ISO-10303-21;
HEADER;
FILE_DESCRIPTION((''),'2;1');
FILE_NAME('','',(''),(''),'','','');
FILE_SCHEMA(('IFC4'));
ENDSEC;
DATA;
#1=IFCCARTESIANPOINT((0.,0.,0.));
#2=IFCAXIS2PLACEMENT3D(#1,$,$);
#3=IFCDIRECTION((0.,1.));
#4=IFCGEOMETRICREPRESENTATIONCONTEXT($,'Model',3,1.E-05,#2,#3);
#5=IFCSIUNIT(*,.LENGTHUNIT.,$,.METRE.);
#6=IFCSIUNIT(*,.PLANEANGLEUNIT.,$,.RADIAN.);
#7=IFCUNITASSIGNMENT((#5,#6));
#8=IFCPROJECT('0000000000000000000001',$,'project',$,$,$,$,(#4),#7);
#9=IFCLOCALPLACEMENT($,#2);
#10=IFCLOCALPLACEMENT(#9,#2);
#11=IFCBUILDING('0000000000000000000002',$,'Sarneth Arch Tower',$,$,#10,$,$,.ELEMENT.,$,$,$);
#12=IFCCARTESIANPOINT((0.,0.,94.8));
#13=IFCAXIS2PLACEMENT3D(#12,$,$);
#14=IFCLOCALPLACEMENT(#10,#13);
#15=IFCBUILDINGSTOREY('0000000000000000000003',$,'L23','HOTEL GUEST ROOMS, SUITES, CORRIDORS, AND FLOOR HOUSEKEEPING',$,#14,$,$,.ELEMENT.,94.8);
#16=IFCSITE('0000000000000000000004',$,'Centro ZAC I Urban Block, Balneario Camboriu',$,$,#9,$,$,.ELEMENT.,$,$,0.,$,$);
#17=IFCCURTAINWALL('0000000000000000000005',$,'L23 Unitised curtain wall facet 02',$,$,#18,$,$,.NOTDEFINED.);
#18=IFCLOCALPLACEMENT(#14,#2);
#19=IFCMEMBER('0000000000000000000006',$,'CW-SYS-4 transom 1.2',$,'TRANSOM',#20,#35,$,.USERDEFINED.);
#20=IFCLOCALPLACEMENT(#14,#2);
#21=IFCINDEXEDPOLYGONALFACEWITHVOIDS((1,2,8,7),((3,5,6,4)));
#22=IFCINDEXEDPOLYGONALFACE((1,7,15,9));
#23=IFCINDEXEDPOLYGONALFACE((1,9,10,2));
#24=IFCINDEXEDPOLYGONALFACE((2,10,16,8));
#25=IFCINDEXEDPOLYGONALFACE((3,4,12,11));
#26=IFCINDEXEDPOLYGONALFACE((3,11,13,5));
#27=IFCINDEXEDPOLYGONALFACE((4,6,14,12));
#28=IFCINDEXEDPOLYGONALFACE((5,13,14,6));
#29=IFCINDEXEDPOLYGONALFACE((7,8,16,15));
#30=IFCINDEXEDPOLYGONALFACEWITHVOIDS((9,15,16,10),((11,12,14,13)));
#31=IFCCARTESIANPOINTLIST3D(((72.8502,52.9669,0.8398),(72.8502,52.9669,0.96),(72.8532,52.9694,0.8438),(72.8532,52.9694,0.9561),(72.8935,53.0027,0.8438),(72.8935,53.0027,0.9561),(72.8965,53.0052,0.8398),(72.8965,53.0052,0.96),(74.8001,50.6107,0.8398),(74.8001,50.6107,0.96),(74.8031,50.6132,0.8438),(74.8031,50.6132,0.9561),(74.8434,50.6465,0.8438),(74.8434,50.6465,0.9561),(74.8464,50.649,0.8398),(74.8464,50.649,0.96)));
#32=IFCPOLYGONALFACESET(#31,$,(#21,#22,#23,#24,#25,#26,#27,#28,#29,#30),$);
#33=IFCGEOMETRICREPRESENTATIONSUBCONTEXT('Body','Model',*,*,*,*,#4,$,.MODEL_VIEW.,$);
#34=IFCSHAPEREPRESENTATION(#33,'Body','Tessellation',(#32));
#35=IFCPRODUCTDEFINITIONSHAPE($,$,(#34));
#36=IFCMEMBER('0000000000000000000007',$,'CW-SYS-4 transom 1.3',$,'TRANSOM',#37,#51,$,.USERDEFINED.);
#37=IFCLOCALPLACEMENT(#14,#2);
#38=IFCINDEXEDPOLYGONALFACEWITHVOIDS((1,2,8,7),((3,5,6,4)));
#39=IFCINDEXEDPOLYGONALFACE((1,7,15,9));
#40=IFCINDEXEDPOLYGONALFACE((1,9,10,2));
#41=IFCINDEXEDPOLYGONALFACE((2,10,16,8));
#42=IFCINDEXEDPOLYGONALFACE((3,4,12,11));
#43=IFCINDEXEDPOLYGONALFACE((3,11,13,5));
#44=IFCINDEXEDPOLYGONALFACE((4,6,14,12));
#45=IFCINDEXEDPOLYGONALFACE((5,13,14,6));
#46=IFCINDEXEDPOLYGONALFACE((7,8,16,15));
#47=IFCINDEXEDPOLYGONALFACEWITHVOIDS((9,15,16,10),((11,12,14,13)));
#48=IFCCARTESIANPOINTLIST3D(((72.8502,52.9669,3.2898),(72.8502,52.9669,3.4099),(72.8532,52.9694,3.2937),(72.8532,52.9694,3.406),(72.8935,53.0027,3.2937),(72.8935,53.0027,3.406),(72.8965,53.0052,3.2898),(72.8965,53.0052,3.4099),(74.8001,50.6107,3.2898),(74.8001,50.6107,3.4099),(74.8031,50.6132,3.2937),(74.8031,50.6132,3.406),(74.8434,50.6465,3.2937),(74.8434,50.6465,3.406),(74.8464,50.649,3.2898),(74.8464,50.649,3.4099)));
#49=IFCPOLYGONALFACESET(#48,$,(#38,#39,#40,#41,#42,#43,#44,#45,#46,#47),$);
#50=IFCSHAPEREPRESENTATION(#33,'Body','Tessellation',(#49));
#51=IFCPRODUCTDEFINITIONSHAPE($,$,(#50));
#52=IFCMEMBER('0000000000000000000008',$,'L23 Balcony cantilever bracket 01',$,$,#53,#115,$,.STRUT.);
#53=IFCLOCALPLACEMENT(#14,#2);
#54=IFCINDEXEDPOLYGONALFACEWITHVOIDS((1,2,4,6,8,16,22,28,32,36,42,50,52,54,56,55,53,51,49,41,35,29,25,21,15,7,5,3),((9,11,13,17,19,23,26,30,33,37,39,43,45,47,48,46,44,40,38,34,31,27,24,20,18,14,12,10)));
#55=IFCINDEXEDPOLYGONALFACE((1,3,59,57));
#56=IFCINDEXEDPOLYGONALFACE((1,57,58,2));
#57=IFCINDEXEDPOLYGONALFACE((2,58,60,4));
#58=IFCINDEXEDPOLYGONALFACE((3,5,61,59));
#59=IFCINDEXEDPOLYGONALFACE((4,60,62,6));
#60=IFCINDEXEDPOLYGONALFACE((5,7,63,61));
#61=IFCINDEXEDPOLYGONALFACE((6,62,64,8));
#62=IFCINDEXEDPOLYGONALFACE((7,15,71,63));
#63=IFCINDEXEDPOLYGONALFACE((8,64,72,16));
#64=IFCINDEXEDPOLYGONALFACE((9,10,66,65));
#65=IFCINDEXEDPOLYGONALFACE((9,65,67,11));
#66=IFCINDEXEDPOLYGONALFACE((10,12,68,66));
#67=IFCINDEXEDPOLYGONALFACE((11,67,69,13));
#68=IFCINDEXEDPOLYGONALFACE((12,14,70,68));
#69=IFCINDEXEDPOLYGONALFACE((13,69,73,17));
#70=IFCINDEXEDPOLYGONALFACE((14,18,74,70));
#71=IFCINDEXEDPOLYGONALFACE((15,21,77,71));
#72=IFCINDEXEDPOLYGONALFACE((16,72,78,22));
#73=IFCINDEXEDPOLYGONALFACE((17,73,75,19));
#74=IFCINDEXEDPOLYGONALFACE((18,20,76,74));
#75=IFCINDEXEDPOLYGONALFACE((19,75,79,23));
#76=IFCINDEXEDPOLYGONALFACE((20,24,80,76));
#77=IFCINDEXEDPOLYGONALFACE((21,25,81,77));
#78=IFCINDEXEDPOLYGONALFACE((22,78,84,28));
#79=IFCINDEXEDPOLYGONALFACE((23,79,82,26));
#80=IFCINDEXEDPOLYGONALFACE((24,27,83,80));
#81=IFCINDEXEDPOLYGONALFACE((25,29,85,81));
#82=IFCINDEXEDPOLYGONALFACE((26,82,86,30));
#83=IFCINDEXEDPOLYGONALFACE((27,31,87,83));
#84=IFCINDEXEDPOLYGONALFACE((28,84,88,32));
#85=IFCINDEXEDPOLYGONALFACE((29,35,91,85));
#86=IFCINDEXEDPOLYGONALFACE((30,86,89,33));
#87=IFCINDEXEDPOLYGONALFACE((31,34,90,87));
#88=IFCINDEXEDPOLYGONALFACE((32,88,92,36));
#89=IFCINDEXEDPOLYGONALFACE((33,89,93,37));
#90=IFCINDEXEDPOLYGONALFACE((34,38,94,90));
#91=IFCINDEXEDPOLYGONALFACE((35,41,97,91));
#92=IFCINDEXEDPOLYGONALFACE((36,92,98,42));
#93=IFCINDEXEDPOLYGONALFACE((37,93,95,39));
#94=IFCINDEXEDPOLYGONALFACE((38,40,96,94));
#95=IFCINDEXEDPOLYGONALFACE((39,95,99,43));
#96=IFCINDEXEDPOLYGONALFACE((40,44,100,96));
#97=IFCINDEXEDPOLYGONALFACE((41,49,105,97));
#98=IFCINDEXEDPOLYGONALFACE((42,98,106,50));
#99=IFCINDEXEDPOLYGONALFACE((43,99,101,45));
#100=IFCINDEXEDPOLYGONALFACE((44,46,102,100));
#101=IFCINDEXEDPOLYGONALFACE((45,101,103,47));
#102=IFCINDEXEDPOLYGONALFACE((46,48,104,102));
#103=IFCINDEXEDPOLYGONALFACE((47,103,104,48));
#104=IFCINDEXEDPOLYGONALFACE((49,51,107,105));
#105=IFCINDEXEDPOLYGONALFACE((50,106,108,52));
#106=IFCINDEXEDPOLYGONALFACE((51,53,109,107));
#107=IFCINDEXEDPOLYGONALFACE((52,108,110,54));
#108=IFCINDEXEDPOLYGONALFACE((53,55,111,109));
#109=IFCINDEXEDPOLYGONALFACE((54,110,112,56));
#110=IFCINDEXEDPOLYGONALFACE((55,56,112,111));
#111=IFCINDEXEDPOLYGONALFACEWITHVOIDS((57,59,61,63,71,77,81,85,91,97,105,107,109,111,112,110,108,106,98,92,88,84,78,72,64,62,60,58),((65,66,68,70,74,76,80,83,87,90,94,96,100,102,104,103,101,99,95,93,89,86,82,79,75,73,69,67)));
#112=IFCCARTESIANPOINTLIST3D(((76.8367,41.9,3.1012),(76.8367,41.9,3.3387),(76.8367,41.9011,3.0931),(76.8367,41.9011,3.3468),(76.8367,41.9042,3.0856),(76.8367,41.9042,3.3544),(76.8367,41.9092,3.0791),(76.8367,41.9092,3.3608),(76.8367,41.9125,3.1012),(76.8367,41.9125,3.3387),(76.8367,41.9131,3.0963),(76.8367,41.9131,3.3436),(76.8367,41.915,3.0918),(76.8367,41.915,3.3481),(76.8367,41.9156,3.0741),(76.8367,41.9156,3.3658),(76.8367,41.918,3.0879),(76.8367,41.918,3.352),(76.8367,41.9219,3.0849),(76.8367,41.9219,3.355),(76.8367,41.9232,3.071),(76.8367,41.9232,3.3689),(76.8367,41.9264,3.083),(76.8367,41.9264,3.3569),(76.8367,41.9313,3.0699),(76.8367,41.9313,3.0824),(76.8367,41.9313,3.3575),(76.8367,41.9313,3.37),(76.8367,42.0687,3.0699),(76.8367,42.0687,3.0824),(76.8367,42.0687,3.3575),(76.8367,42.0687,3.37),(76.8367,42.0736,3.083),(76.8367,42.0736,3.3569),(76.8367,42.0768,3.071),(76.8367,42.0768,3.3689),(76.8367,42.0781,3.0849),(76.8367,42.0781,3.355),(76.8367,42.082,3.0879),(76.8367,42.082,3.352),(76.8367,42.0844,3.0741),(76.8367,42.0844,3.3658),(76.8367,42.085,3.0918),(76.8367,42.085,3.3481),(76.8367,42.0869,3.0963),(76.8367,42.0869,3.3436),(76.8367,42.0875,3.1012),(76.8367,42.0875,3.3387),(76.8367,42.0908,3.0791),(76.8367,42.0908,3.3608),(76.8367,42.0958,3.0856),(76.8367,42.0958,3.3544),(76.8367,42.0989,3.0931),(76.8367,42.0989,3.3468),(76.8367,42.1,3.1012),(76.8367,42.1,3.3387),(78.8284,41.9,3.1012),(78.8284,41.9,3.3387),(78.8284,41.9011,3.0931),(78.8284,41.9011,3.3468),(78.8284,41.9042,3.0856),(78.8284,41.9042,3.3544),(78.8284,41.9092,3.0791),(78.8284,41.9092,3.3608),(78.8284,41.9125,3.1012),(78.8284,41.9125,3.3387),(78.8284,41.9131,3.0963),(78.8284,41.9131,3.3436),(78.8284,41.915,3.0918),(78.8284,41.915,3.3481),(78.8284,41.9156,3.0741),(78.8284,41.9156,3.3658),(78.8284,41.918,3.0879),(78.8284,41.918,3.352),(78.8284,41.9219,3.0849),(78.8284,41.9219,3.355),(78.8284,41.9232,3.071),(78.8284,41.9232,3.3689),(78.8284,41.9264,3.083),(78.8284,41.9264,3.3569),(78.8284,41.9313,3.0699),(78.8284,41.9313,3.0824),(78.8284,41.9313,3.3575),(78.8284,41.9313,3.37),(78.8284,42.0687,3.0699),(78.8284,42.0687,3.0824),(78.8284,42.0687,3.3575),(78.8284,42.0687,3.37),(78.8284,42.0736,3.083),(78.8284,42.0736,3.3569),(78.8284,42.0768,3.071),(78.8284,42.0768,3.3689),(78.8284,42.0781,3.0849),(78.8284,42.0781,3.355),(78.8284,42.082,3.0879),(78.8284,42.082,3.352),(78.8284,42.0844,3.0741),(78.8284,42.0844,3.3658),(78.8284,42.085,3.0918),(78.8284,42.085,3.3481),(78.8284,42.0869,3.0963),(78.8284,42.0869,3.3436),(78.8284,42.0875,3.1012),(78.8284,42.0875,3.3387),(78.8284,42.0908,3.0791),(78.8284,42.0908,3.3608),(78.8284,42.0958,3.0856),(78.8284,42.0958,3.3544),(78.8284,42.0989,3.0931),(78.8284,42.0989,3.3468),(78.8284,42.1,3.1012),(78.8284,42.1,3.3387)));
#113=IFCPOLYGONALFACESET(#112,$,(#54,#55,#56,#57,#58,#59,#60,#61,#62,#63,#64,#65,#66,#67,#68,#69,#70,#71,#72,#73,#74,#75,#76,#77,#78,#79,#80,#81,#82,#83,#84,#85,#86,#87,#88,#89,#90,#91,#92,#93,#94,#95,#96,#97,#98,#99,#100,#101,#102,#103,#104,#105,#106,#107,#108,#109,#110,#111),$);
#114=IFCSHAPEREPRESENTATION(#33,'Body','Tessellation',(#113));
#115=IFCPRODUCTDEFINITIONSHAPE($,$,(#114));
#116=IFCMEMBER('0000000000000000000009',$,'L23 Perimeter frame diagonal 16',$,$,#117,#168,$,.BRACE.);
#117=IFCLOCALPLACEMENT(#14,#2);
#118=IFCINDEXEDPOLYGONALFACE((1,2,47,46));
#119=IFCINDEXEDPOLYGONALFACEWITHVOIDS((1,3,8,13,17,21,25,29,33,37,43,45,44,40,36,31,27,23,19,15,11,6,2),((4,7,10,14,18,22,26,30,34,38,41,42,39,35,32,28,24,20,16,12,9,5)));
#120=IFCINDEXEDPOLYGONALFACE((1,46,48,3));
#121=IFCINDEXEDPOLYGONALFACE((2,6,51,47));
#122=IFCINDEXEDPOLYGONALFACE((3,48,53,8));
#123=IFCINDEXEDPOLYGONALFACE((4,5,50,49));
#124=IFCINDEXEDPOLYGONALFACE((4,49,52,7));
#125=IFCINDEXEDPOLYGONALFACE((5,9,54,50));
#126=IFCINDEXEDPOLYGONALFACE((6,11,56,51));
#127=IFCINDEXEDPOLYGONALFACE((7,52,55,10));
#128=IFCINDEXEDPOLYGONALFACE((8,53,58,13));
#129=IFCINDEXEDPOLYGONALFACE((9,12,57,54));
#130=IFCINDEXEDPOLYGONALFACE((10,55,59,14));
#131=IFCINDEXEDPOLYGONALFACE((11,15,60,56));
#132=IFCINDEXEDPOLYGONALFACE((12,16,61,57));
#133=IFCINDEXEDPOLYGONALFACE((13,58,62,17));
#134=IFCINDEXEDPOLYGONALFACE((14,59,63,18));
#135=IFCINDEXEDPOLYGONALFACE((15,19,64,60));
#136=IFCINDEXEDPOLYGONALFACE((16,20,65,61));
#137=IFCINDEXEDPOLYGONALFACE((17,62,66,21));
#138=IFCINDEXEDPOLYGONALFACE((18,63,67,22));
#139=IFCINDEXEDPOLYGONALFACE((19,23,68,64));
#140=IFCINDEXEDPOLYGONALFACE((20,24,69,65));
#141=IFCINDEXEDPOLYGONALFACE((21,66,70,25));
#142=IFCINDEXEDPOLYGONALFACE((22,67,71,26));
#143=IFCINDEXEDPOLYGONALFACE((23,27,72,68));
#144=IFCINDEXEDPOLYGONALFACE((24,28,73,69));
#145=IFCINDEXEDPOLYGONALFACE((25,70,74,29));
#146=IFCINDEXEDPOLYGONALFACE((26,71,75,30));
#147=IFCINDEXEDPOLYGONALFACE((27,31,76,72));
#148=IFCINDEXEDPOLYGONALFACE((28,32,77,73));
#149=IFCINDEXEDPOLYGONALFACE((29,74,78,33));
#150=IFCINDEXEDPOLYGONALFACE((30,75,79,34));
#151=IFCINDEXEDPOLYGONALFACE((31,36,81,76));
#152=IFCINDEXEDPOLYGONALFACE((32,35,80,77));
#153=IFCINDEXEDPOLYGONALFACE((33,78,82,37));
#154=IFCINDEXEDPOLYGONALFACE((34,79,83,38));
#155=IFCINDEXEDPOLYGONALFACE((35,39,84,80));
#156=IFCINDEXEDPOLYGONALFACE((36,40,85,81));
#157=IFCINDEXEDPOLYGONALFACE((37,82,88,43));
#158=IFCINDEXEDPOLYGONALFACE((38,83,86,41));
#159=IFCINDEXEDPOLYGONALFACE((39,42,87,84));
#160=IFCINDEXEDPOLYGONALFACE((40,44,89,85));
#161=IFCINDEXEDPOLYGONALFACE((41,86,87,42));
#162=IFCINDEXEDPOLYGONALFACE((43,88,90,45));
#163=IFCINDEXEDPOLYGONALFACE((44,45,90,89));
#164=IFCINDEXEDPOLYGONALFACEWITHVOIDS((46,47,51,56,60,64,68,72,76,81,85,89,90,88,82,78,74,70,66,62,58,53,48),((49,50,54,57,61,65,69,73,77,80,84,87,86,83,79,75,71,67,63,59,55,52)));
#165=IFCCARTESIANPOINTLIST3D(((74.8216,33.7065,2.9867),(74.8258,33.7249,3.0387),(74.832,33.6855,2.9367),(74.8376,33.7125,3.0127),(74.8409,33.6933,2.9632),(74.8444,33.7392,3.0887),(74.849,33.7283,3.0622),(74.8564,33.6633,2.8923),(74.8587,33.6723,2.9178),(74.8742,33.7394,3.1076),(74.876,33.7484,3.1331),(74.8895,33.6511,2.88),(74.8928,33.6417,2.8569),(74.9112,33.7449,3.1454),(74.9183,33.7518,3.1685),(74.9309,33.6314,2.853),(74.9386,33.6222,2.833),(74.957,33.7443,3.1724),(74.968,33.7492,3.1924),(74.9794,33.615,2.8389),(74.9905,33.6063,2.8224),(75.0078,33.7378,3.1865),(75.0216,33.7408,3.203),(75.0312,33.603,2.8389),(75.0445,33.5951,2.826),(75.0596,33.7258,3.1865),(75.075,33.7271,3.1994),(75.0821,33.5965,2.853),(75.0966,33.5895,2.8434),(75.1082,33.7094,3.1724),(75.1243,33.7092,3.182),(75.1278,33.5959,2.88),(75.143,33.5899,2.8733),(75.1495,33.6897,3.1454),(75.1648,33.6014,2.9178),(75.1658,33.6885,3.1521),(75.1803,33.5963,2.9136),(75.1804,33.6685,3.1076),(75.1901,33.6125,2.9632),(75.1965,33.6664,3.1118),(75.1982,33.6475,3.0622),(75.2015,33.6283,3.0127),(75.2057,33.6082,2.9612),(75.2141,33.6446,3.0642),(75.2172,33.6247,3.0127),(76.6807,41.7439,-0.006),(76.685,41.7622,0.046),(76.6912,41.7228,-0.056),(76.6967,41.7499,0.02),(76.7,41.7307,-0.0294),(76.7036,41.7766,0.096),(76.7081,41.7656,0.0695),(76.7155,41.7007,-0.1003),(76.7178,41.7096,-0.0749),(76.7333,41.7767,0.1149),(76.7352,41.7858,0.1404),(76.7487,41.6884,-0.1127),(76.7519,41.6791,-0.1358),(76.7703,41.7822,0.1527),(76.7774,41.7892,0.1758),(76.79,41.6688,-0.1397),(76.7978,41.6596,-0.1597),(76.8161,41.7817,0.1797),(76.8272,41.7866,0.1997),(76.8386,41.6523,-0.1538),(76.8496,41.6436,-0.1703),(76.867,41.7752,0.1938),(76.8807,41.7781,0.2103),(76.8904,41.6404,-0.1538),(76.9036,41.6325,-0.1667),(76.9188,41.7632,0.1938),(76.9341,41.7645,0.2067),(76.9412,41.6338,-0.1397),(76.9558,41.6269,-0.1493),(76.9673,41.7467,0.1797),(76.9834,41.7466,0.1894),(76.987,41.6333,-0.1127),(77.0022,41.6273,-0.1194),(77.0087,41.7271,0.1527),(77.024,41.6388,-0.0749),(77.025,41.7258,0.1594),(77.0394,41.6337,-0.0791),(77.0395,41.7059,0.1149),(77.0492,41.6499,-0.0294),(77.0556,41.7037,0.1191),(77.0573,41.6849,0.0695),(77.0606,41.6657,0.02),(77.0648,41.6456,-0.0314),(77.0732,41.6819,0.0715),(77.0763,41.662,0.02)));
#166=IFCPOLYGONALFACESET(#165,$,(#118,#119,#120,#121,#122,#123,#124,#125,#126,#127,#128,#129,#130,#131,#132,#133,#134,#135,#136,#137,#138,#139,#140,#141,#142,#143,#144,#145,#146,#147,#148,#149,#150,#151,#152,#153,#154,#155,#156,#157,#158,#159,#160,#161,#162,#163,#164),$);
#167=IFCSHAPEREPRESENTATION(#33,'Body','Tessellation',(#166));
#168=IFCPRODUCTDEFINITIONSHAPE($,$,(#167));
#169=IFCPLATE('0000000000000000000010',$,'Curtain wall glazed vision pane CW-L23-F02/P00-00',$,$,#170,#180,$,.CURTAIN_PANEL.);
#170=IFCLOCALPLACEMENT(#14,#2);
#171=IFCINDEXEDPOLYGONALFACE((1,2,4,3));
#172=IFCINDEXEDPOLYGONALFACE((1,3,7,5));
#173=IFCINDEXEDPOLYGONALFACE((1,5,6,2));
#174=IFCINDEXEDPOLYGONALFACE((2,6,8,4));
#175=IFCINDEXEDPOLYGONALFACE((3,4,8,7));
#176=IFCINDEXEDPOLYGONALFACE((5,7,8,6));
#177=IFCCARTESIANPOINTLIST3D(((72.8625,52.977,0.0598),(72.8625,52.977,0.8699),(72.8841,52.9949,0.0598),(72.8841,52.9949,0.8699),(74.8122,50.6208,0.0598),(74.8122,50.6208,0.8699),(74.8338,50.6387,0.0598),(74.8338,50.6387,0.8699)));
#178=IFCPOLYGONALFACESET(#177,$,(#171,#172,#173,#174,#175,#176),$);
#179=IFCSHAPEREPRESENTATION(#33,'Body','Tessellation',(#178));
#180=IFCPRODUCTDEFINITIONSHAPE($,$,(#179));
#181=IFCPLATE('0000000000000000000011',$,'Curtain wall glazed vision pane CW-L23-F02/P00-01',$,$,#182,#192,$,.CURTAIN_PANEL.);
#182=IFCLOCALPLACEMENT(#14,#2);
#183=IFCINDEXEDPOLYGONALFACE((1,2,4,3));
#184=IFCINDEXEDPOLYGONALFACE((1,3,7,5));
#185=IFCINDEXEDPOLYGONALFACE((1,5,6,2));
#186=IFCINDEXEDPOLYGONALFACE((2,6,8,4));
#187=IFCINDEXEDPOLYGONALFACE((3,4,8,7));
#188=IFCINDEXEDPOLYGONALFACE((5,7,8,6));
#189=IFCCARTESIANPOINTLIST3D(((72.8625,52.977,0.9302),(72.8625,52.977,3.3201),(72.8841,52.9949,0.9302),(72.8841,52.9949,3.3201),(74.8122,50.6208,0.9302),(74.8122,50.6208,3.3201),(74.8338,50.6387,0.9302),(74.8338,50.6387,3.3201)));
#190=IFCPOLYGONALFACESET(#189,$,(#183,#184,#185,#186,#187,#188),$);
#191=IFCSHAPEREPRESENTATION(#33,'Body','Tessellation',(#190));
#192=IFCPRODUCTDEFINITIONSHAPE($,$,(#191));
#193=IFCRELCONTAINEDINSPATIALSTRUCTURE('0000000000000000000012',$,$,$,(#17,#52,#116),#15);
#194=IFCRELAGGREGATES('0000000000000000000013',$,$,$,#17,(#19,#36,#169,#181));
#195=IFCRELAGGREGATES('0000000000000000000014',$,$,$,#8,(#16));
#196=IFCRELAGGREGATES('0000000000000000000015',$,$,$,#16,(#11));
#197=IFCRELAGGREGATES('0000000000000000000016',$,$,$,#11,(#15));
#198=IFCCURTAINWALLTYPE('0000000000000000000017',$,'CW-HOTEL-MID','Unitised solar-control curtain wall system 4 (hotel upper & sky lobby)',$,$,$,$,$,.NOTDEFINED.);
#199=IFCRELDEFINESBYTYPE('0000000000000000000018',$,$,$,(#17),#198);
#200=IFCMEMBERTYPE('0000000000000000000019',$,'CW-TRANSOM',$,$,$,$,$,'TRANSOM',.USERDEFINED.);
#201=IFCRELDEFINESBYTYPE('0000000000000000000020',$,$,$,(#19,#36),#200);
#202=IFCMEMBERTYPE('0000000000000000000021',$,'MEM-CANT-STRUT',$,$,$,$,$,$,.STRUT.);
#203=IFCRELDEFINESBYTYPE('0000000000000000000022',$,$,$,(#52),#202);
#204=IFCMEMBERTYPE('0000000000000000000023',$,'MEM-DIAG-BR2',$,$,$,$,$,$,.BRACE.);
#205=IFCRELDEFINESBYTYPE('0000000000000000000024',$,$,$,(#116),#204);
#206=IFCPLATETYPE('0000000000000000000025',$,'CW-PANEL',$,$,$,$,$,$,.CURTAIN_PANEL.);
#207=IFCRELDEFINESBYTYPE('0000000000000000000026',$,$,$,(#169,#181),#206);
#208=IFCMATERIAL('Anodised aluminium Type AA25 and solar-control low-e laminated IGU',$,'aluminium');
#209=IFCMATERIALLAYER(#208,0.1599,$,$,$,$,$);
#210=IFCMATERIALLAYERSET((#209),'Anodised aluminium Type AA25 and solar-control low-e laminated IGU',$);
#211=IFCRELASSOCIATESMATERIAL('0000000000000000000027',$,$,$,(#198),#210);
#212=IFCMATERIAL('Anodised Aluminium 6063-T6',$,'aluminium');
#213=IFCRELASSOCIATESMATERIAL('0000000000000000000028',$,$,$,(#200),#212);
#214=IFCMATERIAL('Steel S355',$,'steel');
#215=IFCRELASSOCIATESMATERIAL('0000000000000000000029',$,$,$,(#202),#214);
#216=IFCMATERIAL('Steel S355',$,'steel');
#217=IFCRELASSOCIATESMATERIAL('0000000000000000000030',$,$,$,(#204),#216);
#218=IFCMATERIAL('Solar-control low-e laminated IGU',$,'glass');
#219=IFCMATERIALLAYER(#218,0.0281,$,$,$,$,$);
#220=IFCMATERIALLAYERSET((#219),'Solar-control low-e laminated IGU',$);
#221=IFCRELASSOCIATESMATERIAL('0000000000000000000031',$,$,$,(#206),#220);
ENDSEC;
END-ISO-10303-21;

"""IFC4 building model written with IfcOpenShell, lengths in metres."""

from ifc_helpers import new_model, si_unit, direction, frame, origin, origin_2d, place, context, subcontext, project, spatial, rectangle, hollow_rectangle, hollow_circle, extrude, material, layer, layer_set, material_profile, profile_set, type_object, element, aggregate, save


model = new_model("IFC4")

# Units and contexts
model_context = context("Model", 3, precision=1e-05, world=origin(), true_north=direction((0.0, 1.0)))
body_context = subcontext(model_context, "Body", "Model", "MODEL_VIEW")
ifc_project = project(units=[si_unit("LENGTHUNIT", "METRE"), si_unit("PLANEANGLEUNIT", "RADIAN")], contexts=[model_context])

# Site, building, storey
site_placement = place(None, origin())
site = spatial("IfcSite", under=ifc_project, at=site_placement, Name="Centro ZAC I Urban Block, Balneario Camboriu", CompositionType="ELEMENT", RefElevation=0.0)
building_placement = place(site_placement, origin())
building = spatial("IfcBuilding", under=site, at=building_placement, Name="Sarneth Arch Tower", CompositionType="ELEMENT")
storey_placement = place(building_placement, frame((0.0, 0.0, 94.8)))
storey = spatial("IfcBuildingStorey", under=building, at=storey_placement, Name="L23", Description="HOTEL GUEST ROOMS, SUITES, CORRIDORS, AND FLOOR HOUSEKEEPING", CompositionType="ELEMENT", Elevation=94.8)

# Curtain wall, members
ifc_material_1 = material(Name="Anodised aluminium Type AA25 and solar-control low-e laminated IGU", Category="aluminium")
ifc_layer_1 = layer(ifc_material_1, 0.1599)
ifc_layer_set_1 = layer_set([ifc_layer_1], Name="Anodised aluminium Type AA25 and solar-control low-e laminated IGU")
curtain_wall_type = type_object("IfcCurtainWallType", Name="CW-HOTEL-MID", Description="Unitised solar-control curtain wall system 4 (hotel upper & sky lobby)", PredefinedType="NOTDEFINED", material=ifc_layer_set_1)
curtain_wall_placement = place(storey_placement, origin())
curtain_wall = element("IfcCurtainWall", 1, at=curtain_wall_placement, inside=storey, type_object=curtain_wall_type, Name="L23 Unitised curtain wall facet 02", PredefinedType="NOTDEFINED")
ifc_material_2 = material(Name="Anodised Aluminium 6063-T6", Category="aluminium")
ifc_material_profile_1 = material_profile(ifc_material_2, hollow_rectangle(XDim=0.0601, YDim=0.1201, WallThickness=0.0039, at=origin_2d()), Name="AL-TRAN-120x60x4")
ifc_profile_set_1 = profile_set([ifc_material_profile_1], Name="Anodised Aluminium 6063-T6")
member_type_1 = type_object("IfcMemberType", Name="CW-TRANSOM", ElementType="TRANSOM", PredefinedType="USERDEFINED", material=ifc_profile_set_1)
member_1_placement = place(storey_placement, frame((74.8232, 50.6299, 0.8999), z_axis=(-0.637566, 0.770396, 0.0), x_axis=(-0.770396, -0.637566, 0.0)))
member_1 = element("IfcMember", 2, at=member_1_placement, type_object=member_type_1, Name="CW-SYS-4 transom 1.2", ObjectType="TRANSOM", PredefinedType="USERDEFINED", context=body_context, shape_type="SweptSolid", body=[
    extrude(hollow_rectangle(XDim=0.0601, YDim=0.1201, WallThickness=0.0039, at=origin_2d()), origin(), (0.0, 0.0, 1.0), 3.0583),
])
member_2_placement = place(storey_placement, frame((74.8232, 50.6299, 3.3499), z_axis=(-0.637566, 0.770396, 0.0), x_axis=(-0.770396, -0.637566, 0.0)))
member_2 = element("IfcMember", 3, at=member_2_placement, type_object=member_type_1, Name="CW-SYS-4 transom 1.3", ObjectType="TRANSOM", PredefinedType="USERDEFINED", context=body_context, shape_type="SweptSolid", body=[
    extrude(hollow_rectangle(XDim=0.0601, YDim=0.1201, WallThickness=0.0039, at=origin_2d()), origin(), (0.0, 0.0, 1.0), 3.0583),
])

# Members
ifc_material_3 = material(Name="Steel S355", Category="steel")
ifc_material_profile_2 = material_profile(ifc_material_3, hollow_rectangle(XDim=0.2, YDim=0.3, WallThickness=0.0125, InnerFilletRadius=0.0188, OuterFilletRadius=0.0312, at=origin_2d()), Name="RHS300x200x12.5")
ifc_profile_set_2 = profile_set([ifc_material_profile_2], Name="Steel S355")
member_type_2 = type_object("IfcMemberType", Name="MEM-CANT-STRUT", PredefinedType="STRUT", material=ifc_profile_set_2)
member_3_placement = place(storey_placement, frame((76.8367, 42.0, 3.22), z_axis=(1.0, 0.0, 0.0), x_axis=(0.0, 1.0, 0.0)))
element("IfcMember", 4, at=member_3_placement, inside=storey, type_object=member_type_2, Name="L23 Balcony cantilever bracket 01", PredefinedType="STRUT", context=body_context, shape_type="SweptSolid", body=[
    extrude(hollow_rectangle(XDim=0.2, YDim=0.3, WallThickness=0.0125, InnerFilletRadius=0.0188, OuterFilletRadius=0.0312, at=origin_2d()), origin(), (0.0, 0.0, 1.0), 1.9917),
])
ifc_material_4 = material(Name="Steel S355", Category="steel")
ifc_material_profile_3 = material_profile(ifc_material_4, hollow_circle(Radius=0.2029, WallThickness=0.0161, at=origin_2d()), Name="CHS406x16")
ifc_profile_set_3 = profile_set([ifc_material_profile_3], Name="Steel S355")
member_type_3 = type_object("IfcMemberType", Name="MEM-DIAG-BR2", PredefinedType="BRACE", material=ifc_profile_set_3)
member_4_placement = place(storey_placement, frame((76.8787, 41.7078, 0.02), z_axis=(-0.211852, -0.915873, 0.341022), x_axis=(0.974275, -0.225361, 0.0)))
element("IfcMember", 5, at=member_4_placement, inside=storey, type_object=member_type_3, Name="L23 Perimeter frame diagonal 16", PredefinedType="BRACE", context=body_context, shape_type="SweptSolid", body=[
    extrude(hollow_circle(Radius=0.2029, WallThickness=0.0161, at=origin_2d()), origin(), (0.0, 0.0, 1.0), 8.7756),
])

# Plates
ifc_material_5 = material(Name="Solar-control low-e laminated IGU", Category="glass")
ifc_layer_2 = layer(ifc_material_5, 0.0281)
ifc_layer_set_2 = layer_set([ifc_layer_2], Name="Solar-control low-e laminated IGU")
plate_type_1 = type_object("IfcPlateType", Name="CW-PANEL", PredefinedType="CURTAIN_PANEL", material=ifc_layer_set_2)
plate_1_placement = place(storey_placement, frame((73.8481, 51.8079, 0.0598), z_axis=(0.0, 0.0, 1.0), x_axis=(-0.637515, 0.770438, 0.0)))
plate_1 = element("IfcPlate", 6, at=plate_1_placement, type_object=plate_type_1, Name="Curtain wall glazed vision pane CW-L23-F02/P00-00", PredefinedType="CURTAIN_PANEL", context=body_context, shape_type="SweptSolid", body=[
    extrude(rectangle(XDim=3.0583, YDim=0.0281, at=origin_2d()), origin(), (0.0, 0.0, 1.0), 0.8101),
])
plate_2_placement = place(storey_placement, frame((73.8481, 51.8079, 0.9302), z_axis=(0.0, 0.0, 1.0), x_axis=(-0.637515, 0.770438, 0.0)))
plate_2 = element("IfcPlate", 7, at=plate_2_placement, type_object=plate_type_1, Name="Curtain wall glazed vision pane CW-L23-F02/P00-01", PredefinedType="CURTAIN_PANEL", context=body_context, shape_type="SweptSolid", body=[
    extrude(rectangle(XDim=3.0583, YDim=0.0281, at=origin_2d()), origin(), (0.0, 0.0, 1.0), 2.3899),
])
aggregate(curtain_wall, [member_1, member_2, plate_1, plate_2])

save(model, "model.ifc")
